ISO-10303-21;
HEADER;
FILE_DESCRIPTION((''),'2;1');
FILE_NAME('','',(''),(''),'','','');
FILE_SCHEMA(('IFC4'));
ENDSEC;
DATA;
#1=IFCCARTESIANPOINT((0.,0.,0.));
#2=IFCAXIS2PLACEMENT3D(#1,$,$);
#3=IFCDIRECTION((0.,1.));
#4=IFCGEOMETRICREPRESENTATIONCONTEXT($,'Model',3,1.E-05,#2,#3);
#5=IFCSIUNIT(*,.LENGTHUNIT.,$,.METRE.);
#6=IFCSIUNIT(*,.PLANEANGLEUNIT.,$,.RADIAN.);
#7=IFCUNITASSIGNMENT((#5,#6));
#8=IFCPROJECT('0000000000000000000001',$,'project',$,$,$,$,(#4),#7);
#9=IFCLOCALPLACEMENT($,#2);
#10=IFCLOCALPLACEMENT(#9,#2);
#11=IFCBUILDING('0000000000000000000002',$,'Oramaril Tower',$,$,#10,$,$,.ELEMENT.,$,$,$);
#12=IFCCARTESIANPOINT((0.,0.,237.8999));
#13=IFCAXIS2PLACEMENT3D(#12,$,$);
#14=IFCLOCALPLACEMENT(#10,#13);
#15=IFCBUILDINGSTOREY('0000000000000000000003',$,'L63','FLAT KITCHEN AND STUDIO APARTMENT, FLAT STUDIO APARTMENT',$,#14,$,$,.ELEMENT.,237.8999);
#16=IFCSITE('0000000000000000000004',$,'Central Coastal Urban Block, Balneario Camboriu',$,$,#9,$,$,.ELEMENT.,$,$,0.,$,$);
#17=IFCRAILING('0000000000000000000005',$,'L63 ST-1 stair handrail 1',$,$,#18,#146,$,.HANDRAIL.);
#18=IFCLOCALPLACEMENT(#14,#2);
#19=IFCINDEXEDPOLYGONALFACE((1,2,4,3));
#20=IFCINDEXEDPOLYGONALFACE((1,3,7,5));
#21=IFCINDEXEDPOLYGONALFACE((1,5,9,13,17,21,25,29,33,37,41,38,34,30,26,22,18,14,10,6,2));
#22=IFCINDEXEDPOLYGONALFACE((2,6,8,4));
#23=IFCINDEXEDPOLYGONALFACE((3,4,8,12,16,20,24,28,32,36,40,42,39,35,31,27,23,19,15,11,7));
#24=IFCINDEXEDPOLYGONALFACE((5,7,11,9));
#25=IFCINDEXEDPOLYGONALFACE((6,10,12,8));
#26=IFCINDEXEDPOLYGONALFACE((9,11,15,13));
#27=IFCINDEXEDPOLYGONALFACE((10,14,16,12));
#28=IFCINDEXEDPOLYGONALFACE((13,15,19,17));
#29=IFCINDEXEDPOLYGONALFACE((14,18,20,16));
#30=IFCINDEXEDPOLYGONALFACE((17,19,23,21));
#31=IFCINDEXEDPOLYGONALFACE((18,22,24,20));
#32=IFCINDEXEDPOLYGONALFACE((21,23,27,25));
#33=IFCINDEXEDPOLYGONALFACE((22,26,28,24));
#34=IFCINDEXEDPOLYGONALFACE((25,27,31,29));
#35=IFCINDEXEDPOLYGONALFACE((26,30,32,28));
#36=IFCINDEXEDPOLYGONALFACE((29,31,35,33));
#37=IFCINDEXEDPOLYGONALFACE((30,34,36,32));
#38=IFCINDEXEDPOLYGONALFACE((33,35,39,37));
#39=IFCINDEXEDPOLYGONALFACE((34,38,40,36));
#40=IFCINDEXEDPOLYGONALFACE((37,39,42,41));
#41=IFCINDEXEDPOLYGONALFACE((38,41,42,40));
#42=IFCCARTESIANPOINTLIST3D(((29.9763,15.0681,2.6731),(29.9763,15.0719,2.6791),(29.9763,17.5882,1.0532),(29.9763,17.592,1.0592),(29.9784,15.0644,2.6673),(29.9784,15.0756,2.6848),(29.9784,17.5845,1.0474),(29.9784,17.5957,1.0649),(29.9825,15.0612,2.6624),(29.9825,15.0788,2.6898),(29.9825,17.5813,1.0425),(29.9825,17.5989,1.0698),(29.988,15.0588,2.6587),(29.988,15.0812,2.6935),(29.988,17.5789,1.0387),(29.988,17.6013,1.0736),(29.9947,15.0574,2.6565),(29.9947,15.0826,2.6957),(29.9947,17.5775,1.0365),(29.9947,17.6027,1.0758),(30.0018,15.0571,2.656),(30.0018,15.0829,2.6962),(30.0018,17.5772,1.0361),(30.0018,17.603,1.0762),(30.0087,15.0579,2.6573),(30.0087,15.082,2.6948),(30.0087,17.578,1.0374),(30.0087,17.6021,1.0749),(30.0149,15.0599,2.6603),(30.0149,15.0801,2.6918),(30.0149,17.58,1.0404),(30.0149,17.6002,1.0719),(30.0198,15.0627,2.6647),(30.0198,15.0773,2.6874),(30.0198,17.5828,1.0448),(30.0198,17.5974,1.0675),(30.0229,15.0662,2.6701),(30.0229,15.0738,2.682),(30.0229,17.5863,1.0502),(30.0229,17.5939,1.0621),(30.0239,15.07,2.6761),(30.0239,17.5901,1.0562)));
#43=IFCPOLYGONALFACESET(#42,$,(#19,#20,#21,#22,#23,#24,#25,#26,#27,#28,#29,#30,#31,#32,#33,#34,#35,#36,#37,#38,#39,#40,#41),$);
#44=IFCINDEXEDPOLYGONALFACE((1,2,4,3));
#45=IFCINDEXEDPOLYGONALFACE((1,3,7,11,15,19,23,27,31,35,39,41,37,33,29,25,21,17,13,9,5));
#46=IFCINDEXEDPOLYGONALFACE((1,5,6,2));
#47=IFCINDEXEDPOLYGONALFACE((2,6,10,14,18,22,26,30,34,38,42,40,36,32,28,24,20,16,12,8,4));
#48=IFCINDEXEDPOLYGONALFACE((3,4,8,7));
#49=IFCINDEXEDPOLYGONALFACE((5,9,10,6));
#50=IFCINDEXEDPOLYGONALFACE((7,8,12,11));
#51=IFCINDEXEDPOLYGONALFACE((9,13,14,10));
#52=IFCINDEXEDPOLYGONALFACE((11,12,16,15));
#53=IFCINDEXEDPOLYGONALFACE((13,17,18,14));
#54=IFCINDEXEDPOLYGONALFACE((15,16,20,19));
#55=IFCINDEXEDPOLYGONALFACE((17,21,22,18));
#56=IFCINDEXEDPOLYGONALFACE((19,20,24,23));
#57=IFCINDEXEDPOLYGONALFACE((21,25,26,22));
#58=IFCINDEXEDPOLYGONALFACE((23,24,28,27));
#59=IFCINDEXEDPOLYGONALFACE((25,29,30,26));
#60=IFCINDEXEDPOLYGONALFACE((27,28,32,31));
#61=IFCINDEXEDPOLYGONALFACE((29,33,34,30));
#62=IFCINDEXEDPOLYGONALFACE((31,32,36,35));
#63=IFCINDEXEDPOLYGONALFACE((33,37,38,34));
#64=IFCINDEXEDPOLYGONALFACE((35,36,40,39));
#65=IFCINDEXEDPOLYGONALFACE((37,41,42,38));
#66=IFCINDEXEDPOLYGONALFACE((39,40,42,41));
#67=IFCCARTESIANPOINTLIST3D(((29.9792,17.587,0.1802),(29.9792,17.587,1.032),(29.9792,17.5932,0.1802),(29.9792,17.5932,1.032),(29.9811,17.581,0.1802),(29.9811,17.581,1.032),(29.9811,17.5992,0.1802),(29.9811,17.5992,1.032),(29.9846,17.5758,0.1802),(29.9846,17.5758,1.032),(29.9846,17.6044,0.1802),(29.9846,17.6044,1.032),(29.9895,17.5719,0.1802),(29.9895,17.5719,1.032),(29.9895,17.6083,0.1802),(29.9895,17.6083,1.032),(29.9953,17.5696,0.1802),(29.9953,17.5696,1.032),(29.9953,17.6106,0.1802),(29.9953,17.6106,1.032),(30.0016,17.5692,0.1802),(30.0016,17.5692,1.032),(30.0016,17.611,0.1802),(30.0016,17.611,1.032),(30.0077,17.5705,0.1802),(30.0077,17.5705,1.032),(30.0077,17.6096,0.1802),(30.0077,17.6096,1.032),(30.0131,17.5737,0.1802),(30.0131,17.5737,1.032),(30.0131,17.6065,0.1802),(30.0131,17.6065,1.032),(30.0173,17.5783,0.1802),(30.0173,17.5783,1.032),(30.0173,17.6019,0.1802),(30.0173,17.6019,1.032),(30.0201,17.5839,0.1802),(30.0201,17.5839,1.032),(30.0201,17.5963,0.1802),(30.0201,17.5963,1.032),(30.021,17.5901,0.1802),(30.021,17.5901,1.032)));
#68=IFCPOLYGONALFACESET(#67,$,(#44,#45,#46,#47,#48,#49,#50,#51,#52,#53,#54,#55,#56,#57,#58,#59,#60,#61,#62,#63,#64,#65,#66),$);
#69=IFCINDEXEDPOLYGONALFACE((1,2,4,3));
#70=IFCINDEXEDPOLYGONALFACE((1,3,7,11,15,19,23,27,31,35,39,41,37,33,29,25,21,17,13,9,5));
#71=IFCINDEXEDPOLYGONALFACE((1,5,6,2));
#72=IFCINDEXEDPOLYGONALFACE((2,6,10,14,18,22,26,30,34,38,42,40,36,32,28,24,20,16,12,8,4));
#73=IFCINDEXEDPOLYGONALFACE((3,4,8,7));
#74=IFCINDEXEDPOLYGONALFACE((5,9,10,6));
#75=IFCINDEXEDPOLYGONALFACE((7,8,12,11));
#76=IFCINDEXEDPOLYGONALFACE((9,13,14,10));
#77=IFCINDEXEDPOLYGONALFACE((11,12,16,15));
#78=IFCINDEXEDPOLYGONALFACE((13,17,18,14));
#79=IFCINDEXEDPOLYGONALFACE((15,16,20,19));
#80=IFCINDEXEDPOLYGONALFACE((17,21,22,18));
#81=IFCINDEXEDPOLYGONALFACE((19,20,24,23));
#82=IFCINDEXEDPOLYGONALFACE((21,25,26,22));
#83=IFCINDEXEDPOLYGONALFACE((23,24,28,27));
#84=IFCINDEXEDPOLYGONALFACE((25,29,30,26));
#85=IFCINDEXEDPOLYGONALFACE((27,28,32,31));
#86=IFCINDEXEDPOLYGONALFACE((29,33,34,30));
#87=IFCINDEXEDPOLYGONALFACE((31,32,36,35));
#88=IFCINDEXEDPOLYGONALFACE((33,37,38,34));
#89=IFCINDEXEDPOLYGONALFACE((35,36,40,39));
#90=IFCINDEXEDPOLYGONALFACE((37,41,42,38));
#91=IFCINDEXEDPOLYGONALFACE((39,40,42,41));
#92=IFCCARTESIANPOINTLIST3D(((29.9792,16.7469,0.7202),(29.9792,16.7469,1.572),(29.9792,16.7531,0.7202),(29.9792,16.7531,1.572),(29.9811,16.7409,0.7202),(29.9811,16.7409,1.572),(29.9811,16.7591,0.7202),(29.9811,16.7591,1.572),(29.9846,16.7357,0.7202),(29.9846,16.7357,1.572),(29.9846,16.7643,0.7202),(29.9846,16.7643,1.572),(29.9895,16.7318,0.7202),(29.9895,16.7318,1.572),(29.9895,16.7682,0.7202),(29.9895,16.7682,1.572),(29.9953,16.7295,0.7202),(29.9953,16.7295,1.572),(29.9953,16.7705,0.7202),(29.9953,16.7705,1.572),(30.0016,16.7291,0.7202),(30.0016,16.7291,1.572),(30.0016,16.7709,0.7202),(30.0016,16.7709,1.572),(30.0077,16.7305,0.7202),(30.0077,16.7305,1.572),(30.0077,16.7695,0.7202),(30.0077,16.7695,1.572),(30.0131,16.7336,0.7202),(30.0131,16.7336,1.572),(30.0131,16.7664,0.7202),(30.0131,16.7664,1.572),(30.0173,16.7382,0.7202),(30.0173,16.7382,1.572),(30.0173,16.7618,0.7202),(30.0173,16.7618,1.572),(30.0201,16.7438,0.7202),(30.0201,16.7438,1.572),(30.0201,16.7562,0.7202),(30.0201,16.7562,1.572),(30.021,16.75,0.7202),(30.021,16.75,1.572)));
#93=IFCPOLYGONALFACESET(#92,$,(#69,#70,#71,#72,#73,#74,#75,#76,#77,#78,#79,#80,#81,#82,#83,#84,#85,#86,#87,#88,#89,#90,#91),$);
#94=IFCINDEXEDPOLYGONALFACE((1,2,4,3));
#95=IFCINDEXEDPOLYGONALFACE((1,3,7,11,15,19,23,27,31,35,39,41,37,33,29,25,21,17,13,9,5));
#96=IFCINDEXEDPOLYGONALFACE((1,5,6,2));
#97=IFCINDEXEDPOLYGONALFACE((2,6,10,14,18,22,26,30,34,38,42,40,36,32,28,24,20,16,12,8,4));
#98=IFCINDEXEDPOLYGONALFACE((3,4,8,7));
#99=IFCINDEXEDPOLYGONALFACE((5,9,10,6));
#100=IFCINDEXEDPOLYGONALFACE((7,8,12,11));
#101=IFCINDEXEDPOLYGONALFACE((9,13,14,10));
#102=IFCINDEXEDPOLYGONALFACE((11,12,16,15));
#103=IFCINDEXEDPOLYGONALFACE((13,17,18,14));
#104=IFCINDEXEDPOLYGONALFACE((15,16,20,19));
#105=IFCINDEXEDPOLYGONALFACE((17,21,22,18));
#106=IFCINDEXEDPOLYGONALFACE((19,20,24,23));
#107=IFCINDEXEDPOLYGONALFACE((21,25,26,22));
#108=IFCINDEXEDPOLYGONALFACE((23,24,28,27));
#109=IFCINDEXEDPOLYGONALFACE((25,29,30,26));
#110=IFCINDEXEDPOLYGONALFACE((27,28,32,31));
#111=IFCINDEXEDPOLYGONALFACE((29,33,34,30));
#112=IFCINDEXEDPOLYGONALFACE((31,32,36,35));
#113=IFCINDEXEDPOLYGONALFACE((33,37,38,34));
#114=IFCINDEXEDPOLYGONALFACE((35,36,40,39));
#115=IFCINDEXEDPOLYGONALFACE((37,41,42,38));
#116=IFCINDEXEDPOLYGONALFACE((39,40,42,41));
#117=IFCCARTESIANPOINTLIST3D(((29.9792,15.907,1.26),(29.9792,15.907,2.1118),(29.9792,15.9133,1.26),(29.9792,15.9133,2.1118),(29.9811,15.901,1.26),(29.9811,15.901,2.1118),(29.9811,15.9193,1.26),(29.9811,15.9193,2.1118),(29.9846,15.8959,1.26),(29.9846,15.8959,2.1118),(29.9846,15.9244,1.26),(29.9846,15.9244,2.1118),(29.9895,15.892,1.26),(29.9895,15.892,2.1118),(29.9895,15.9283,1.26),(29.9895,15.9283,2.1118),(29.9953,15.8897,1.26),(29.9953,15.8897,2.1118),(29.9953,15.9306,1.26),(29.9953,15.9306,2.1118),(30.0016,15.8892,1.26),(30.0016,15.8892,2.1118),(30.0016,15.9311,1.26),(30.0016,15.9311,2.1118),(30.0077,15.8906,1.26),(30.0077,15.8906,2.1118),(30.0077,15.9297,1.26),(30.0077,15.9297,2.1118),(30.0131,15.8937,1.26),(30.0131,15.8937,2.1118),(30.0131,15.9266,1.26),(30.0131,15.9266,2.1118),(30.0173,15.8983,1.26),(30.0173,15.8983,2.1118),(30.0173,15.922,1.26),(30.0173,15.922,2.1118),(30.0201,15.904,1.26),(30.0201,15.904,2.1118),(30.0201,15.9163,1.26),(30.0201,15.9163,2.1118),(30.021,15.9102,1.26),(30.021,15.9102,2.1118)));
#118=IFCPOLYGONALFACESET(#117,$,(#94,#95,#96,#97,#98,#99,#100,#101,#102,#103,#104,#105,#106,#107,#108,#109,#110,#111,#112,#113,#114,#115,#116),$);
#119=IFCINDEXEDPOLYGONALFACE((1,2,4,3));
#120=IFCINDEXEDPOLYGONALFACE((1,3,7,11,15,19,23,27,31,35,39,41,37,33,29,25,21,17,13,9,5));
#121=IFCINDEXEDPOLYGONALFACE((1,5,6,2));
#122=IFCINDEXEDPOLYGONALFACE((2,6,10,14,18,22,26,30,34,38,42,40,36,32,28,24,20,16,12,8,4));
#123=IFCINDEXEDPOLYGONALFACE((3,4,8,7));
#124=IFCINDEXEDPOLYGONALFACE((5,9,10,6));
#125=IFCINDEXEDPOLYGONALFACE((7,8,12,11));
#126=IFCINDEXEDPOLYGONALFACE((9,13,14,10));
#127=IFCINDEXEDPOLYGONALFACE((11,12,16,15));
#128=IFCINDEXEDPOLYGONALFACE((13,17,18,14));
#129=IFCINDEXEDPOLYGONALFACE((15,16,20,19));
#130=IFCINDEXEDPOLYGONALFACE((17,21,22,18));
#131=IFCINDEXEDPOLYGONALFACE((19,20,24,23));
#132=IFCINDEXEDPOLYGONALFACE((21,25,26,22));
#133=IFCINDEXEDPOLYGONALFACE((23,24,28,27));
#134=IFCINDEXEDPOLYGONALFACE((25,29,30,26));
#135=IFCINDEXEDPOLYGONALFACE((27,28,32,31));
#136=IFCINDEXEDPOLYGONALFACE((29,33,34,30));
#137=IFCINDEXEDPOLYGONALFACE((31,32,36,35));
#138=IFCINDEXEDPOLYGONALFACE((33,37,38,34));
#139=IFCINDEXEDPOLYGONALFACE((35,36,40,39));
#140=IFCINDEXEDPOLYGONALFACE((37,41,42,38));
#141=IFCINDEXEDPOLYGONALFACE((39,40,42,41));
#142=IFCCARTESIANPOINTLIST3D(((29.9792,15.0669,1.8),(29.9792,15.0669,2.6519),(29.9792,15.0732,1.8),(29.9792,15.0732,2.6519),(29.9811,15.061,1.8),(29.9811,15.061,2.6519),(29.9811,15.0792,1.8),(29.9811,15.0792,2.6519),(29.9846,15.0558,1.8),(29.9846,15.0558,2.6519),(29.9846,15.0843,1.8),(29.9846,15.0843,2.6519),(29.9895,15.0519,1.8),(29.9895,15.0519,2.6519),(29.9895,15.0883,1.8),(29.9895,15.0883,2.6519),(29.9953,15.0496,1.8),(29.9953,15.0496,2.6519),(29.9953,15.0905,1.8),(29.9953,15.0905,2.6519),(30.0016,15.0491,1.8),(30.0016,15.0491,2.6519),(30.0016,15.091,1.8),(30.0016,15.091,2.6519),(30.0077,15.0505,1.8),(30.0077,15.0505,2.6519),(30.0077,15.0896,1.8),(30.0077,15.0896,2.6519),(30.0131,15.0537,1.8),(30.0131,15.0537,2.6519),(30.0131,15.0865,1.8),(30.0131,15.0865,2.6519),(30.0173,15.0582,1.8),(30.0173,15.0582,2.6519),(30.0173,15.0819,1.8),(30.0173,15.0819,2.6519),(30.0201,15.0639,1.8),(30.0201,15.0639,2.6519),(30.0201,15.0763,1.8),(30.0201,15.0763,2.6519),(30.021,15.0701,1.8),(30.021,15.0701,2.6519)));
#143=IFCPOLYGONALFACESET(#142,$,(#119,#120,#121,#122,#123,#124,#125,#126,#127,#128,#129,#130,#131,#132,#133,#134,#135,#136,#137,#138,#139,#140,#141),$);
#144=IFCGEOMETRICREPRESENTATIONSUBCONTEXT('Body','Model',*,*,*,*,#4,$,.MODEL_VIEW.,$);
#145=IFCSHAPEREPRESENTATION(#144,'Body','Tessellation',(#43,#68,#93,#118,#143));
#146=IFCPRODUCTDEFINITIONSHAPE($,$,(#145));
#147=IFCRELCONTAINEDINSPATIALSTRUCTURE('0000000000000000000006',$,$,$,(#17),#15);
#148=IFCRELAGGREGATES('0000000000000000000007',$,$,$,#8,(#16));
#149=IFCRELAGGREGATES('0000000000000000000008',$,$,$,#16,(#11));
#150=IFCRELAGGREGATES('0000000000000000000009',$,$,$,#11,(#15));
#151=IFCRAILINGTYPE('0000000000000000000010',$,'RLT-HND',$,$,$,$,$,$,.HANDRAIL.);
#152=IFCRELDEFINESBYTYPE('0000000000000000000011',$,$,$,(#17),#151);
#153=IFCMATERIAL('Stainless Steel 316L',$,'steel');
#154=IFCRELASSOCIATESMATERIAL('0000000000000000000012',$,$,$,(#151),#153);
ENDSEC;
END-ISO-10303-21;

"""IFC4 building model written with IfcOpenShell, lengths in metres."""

from ifc_helpers import new_model, si_unit, direction, frame, origin, origin_2d, place, context, subcontext, project, spatial, circle, extrude, material, type_object, element, save


model = new_model("IFC4")

# Units and contexts
model_context = context("Model", 3, precision=1e-05, world=origin(), true_north=direction((0.0, 1.0)))
body_context = subcontext(model_context, "Body", "Model", "MODEL_VIEW")
ifc_project = project(units=[si_unit("LENGTHUNIT", "METRE"), si_unit("PLANEANGLEUNIT", "RADIAN")], contexts=[model_context])

# Site, building, storey
site_placement = place(None, origin())
site = spatial("IfcSite", under=ifc_project, at=site_placement, Name="Central Coastal Urban Block, Balneario Camboriu", CompositionType="ELEMENT", RefElevation=0.0)
building_placement = place(site_placement, origin())
building = spatial("IfcBuilding", under=site, at=building_placement, Name="Oramaril Tower", CompositionType="ELEMENT")
storey_placement = place(building_placement, frame((0.0, 0.0, 237.8999)))
storey = spatial("IfcBuildingStorey", under=building, at=storey_placement, Name="L63", Description="FLAT KITCHEN AND STUDIO APARTMENT, FLAT STUDIO APARTMENT", CompositionType="ELEMENT", Elevation=237.8999)

# Railing
ifc_material_1 = material(Name="Stainless Steel 316L", Category="steel")
railing_type_1 = type_object("IfcRailingType", Name="RLT-HND", PredefinedType="HANDRAIL", material=ifc_material_1)
railing_1_placement = place(storey_placement, frame((30.0, 17.5901, 0.1802)))
element("IfcRailing", 1, at=railing_1_placement, inside=storey, type_object=railing_type_1, Name="L63 ST-1 stair handrail 1", PredefinedType="HANDRAIL", context=body_context, shape_type="SweptSolid", body=[
    extrude(circle(Radius=0.0239, at=origin_2d()), frame((0.0, 0.0, 0.876), z_axis=(0.0, -0.8412, 0.540725), x_axis=(1.0, 0.0, 0.0)), (0.0, 0.0, 1.0), 2.9958),
    extrude(circle(Radius=0.021, at=origin_2d()), origin(), (0.0, 0.0, 1.0), 0.8518),
    extrude(circle(Radius=0.021, at=origin_2d()), frame((0.0, -0.8401, 0.54)), (0.0, 0.0, 1.0), 0.8518),
    extrude(circle(Radius=0.021, at=origin_2d()), frame((0.0, -1.6799, 1.0798)), (0.0, 0.0, 1.0), 0.8518),
    extrude(circle(Radius=0.021, at=origin_2d()), frame((0.0, -2.52, 1.6199)), (0.0, 0.0, 1.0), 0.8518),
])

save(model, "model.ifc")
